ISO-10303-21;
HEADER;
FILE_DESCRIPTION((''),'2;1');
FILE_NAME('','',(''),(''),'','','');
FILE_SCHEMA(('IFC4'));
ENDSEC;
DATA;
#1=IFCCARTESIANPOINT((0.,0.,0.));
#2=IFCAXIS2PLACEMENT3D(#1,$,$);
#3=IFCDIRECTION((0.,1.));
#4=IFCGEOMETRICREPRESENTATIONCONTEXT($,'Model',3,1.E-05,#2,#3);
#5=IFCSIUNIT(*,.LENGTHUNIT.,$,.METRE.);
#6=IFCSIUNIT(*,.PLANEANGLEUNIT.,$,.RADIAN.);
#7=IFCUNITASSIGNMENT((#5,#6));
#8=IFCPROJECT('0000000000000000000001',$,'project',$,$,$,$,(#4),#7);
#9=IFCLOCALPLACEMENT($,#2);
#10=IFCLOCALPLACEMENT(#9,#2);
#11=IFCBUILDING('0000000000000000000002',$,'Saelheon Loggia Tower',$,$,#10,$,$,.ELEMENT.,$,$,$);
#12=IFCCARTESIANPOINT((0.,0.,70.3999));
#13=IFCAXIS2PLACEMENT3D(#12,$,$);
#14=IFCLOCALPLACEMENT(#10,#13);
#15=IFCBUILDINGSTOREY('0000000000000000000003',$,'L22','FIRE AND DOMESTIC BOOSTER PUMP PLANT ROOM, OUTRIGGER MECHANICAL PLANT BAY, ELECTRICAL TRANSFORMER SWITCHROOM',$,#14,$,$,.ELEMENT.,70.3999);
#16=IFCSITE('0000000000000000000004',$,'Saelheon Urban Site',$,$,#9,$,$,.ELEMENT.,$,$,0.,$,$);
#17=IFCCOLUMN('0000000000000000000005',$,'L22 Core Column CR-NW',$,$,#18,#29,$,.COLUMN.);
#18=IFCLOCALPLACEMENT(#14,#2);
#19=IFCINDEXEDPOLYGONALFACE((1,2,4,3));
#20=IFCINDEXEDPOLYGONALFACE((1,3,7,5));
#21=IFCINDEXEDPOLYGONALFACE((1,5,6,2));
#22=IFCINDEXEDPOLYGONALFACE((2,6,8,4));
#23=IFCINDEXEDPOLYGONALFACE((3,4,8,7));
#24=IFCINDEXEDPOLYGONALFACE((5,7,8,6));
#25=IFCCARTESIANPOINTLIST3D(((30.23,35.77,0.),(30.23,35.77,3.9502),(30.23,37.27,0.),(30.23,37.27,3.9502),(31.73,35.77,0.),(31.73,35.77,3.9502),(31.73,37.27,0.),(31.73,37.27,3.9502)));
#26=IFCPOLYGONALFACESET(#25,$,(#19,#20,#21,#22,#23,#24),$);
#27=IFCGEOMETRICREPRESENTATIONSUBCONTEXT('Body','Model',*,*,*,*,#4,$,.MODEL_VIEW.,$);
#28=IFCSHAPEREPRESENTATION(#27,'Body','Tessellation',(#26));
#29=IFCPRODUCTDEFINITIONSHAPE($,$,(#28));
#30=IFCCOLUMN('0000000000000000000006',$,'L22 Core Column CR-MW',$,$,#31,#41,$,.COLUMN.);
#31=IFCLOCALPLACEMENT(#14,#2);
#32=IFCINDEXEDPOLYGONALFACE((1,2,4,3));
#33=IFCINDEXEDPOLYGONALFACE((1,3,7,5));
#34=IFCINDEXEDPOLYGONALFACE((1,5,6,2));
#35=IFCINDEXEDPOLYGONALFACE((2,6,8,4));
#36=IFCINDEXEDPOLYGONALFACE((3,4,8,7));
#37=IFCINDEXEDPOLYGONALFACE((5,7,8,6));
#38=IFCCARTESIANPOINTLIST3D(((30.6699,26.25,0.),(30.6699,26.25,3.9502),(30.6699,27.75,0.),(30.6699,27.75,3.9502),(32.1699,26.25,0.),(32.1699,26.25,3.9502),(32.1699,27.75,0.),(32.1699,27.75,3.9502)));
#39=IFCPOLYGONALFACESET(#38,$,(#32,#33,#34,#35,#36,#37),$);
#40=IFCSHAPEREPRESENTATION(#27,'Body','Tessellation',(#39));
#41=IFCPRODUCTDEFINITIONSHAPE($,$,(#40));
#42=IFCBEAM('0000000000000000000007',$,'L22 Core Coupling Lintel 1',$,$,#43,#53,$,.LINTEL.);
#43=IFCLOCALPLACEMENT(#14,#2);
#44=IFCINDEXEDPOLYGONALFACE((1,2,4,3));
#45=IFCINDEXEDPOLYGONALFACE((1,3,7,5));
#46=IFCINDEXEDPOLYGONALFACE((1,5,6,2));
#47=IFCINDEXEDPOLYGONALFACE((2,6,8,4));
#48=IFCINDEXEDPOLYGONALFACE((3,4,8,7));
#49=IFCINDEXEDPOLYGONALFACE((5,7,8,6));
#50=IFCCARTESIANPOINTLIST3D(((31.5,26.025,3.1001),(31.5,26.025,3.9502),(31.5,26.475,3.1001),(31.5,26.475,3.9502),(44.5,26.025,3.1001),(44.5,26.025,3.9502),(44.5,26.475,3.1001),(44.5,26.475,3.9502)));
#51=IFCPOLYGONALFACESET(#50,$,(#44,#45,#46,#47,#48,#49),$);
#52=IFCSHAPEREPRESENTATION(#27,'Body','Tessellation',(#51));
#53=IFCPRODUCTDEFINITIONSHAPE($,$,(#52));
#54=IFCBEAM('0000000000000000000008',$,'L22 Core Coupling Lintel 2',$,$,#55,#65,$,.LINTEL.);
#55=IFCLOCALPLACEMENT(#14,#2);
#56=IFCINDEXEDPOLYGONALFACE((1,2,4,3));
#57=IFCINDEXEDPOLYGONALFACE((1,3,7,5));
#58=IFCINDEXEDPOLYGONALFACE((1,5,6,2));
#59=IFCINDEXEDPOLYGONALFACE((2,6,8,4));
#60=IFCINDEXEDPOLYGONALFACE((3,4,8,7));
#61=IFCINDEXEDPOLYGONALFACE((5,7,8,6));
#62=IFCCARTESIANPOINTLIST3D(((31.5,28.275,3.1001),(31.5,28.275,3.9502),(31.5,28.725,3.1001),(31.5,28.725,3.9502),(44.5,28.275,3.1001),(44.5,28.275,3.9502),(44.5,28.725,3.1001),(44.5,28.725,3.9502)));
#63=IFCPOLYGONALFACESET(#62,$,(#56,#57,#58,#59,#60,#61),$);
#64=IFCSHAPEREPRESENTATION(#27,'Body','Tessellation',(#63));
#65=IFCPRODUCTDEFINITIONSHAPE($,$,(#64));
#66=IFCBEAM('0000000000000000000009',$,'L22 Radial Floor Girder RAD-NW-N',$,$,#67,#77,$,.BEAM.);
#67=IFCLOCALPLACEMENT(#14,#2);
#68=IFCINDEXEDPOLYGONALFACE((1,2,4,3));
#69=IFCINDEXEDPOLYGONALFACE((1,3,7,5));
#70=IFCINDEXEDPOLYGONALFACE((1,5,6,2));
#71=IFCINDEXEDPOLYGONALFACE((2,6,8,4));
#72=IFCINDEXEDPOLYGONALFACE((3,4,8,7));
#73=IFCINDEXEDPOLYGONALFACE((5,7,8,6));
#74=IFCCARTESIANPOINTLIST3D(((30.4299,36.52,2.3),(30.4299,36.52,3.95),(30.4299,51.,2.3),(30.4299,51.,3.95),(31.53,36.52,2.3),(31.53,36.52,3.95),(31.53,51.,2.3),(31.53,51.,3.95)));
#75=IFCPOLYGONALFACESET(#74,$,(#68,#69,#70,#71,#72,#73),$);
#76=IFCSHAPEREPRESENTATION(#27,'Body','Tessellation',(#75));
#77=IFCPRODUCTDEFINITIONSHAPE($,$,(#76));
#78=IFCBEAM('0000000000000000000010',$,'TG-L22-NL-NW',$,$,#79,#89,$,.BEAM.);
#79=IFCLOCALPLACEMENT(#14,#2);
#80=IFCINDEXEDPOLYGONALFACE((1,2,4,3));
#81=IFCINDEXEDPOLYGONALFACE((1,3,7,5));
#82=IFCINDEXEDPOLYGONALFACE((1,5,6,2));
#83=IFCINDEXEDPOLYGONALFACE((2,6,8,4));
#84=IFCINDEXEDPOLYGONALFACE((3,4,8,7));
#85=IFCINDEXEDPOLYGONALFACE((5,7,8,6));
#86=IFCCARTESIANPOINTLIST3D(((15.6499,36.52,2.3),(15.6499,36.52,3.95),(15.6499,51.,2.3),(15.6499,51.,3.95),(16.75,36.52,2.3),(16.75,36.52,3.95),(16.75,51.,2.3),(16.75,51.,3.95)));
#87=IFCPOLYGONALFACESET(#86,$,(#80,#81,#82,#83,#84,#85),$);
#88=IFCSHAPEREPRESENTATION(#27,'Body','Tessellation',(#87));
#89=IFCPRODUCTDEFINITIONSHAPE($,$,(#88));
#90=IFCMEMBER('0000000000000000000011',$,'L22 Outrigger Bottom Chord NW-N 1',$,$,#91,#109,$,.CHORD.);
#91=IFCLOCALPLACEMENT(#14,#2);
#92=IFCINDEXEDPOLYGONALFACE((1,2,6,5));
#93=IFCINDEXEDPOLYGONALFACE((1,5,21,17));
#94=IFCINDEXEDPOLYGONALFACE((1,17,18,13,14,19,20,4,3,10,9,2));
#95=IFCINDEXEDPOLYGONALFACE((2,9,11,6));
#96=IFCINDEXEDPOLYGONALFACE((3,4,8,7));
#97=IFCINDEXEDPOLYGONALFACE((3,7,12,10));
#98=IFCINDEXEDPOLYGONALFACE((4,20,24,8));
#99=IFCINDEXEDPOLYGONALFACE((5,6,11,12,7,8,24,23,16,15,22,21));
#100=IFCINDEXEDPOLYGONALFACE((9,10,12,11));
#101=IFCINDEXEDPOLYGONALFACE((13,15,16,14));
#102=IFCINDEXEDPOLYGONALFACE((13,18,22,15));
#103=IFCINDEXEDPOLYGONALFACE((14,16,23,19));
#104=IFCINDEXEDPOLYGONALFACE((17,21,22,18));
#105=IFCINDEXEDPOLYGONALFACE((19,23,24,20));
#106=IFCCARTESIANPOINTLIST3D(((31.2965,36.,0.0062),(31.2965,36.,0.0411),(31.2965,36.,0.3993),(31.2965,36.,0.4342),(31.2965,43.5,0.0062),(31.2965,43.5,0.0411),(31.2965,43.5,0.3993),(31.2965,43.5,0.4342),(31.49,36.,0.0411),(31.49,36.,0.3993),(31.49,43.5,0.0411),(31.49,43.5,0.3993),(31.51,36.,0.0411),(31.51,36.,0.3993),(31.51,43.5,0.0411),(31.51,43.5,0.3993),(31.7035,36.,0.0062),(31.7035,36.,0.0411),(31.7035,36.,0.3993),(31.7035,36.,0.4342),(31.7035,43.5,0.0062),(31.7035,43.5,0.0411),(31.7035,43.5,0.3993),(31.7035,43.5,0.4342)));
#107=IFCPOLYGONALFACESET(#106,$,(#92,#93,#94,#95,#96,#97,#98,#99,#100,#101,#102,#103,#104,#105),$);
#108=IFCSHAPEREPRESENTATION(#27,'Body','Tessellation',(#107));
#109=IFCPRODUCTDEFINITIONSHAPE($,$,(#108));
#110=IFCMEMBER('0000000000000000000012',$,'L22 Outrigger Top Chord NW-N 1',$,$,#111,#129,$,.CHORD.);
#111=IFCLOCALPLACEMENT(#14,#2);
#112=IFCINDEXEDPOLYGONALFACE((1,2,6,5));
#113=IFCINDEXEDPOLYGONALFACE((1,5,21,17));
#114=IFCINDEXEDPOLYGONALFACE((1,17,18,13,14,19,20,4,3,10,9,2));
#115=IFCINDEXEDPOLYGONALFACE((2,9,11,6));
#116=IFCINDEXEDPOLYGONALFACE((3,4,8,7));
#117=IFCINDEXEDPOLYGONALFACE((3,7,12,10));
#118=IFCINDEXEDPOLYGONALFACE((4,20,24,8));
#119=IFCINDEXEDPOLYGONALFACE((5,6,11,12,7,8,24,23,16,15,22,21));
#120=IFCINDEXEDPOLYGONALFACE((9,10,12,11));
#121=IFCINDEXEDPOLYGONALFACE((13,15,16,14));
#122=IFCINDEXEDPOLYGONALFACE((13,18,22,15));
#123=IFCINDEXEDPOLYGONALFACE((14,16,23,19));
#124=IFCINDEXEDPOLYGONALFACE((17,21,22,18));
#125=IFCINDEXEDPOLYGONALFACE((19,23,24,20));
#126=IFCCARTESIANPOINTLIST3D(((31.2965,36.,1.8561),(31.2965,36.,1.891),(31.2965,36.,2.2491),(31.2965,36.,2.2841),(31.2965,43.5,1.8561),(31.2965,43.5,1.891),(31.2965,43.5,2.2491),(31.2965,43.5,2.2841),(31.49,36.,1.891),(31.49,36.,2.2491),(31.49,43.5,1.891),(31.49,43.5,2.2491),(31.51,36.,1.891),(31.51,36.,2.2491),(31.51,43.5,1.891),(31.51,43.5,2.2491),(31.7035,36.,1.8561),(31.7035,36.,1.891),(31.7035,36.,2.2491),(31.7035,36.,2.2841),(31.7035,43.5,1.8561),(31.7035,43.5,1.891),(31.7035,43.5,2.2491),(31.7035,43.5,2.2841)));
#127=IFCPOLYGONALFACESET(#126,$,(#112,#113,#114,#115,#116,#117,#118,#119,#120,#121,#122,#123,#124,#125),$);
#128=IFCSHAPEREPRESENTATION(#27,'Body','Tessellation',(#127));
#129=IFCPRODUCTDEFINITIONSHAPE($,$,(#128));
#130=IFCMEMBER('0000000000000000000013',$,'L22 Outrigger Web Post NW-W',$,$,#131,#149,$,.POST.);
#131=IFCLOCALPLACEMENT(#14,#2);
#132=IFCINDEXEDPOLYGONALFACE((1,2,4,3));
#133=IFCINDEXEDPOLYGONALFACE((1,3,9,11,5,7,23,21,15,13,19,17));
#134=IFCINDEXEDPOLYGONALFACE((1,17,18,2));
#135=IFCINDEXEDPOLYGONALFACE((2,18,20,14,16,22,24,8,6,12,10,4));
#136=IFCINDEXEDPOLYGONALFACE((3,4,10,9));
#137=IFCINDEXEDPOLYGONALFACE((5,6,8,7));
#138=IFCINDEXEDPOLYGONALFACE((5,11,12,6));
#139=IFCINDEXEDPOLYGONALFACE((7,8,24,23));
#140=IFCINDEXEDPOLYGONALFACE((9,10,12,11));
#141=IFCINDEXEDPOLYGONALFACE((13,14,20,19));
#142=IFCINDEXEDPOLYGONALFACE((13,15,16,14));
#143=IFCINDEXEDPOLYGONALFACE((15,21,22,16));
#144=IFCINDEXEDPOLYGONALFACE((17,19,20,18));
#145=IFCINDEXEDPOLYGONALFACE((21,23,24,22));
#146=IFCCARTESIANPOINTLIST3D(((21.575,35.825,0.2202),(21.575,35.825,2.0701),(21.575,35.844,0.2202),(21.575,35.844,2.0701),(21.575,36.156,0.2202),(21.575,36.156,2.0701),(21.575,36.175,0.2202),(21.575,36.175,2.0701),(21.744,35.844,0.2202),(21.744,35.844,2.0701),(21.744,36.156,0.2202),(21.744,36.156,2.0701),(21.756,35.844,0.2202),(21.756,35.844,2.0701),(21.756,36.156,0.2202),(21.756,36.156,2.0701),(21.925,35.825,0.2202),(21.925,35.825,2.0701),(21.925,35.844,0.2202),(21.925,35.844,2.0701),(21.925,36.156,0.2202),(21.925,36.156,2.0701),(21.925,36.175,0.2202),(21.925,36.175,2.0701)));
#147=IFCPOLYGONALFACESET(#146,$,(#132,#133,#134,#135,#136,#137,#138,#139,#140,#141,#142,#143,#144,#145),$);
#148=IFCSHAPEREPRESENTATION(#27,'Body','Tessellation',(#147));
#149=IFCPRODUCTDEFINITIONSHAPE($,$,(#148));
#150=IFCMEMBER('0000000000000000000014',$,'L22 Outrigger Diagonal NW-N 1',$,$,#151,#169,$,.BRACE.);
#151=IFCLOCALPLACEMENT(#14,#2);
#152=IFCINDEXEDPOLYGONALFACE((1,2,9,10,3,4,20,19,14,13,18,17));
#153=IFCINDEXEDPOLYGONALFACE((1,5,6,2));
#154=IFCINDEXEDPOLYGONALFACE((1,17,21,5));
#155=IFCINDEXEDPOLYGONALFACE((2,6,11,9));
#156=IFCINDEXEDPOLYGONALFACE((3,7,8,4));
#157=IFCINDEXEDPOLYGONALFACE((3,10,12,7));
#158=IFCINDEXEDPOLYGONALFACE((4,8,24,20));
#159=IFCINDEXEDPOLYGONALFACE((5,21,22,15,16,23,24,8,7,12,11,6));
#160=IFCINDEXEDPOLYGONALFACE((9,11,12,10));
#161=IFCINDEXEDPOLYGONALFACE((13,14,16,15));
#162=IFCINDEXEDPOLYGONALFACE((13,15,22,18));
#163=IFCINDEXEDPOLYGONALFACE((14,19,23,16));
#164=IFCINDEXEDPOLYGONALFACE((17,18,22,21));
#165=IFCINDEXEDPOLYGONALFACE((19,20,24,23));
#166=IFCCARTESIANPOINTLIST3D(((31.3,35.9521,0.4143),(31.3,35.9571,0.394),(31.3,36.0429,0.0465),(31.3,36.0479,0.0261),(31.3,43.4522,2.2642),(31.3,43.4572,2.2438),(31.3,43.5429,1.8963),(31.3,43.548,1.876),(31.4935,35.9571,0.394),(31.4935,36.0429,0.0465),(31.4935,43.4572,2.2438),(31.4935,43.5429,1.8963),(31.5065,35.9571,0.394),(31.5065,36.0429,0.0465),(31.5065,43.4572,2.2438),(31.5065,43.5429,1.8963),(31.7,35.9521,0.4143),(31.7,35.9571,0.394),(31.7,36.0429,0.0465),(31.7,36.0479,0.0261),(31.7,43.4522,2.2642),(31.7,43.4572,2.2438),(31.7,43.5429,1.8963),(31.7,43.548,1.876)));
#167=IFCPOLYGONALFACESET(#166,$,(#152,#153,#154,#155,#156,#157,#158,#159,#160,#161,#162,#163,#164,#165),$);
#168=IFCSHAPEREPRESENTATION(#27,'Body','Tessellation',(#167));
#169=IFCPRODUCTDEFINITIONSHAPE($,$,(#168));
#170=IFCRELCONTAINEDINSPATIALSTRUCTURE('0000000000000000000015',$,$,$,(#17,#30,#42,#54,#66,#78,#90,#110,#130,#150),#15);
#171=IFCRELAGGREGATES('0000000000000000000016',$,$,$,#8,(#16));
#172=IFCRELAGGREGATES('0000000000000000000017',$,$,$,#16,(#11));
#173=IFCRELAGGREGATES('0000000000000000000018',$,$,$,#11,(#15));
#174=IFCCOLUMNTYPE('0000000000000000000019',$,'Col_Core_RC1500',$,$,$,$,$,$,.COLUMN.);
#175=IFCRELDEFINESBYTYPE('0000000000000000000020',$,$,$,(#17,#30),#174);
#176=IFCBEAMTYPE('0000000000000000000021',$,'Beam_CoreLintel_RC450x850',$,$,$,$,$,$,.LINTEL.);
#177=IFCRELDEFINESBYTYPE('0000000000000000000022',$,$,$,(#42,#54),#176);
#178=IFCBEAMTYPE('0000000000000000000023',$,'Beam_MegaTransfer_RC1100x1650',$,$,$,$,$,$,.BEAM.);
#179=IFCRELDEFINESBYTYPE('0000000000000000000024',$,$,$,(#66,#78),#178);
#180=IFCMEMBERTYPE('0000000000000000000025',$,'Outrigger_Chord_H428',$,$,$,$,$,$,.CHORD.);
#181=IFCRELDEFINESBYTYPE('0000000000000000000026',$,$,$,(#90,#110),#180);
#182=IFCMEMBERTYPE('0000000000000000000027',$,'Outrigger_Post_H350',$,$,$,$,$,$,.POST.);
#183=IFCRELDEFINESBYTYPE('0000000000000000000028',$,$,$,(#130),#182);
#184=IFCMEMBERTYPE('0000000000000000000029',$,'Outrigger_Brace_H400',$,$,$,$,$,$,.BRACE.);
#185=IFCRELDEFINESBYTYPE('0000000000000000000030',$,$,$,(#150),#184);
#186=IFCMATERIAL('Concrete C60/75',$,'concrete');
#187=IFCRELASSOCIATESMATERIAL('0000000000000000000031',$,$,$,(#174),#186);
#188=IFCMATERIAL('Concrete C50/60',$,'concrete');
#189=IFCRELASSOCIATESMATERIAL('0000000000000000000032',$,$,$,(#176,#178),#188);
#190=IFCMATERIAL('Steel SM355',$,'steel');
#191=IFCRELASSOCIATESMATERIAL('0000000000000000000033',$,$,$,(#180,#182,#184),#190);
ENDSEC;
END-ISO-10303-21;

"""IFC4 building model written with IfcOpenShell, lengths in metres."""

from ifc_helpers import new_model, si_unit, direction, frame, origin, origin_2d, place, context, subcontext, project, spatial, rectangle, i_section, extrude, source, transform, mapped, material, material_profile, profile_set, type_object, element, save


model = new_model("IFC4")

# Units and contexts
model_context = context("Model", 3, precision=1e-05, world=origin(), true_north=direction((0.0, 1.0)))
body_context = subcontext(model_context, "Body", "Model", "MODEL_VIEW")
ifc_project = project(units=[si_unit("LENGTHUNIT", "METRE"), si_unit("PLANEANGLEUNIT", "RADIAN")], contexts=[model_context])

# Site, building, storey
site_placement = place(None, origin())
site = spatial("IfcSite", under=ifc_project, at=site_placement, Name="Saelheon Urban Site", CompositionType="ELEMENT", RefElevation=0.0)
building_placement = place(site_placement, origin())
building = spatial("IfcBuilding", under=site, at=building_placement, Name="Saelheon Loggia Tower", CompositionType="ELEMENT")
storey_placement = place(building_placement, frame((0.0, 0.0, 70.3999)))
storey = spatial("IfcBuildingStorey", under=building, at=storey_placement, Name="L22", Description="FIRE AND DOMESTIC BOOSTER PUMP PLANT ROOM, OUTRIGGER MECHANICAL PLANT BAY, ELECTRICAL TRANSFORMER SWITCHROOM", CompositionType="ELEMENT", Elevation=70.3999)

# Columns
ifc_material_1 = material(Name="Concrete C60/75", Category="concrete")
ifc_material_profile_1 = material_profile(ifc_material_1, rectangle(XDim=1.5, YDim=1.5, at=origin_2d()), Name="RC-1500x1500")
ifc_profile_set_1 = profile_set([ifc_material_profile_1], Name="Concrete C60/75")
column_type = type_object("IfcColumnType", Name="Col_Core_RC1500", PredefinedType="COLUMN", material=ifc_profile_set_1)
shared_shape_1 = source(origin(), body_context, "Body", "SweptSolid", [
    extrude(rectangle(XDim=1.5, YDim=1.5, at=origin_2d()), origin(), (0.0, 0.0, 1.0), 3.9502),
])
for number, where, z_axis, x_axis, name in (
    (1, (30.98, 36.52, 0.0), (0.0, 0.0, 1.0), (1.0, 0.0, 0.0), "L22 Core Column CR-NW"),
    (2, (31.4199, 27.0, 0.0), (0.0, 0.0, 1.0), (1.0, 0.0, 0.0), "L22 Core Column CR-MW"),
):
    element("IfcColumn", number, at=place(storey_placement, frame(where, z_axis=z_axis, x_axis=x_axis)), inside=storey, type_object=column_type, Name=name, PredefinedType="COLUMN", context=body_context, shape_type="MappedRepresentation", body=[
        mapped(shared_shape_1, transform((0.0, 0.0, 0.0), scale=1.0)),
    ])

# Beams
ifc_material_2 = material(Name="Concrete C50/60", Category="concrete")
ifc_material_profile_2 = material_profile(ifc_material_2, rectangle(XDim=0.45, YDim=0.8501, at=origin_2d()), Name="RC-450x850")
ifc_profile_set_2 = profile_set([ifc_material_profile_2], Name="Concrete C50/60")
beam_type_1 = type_object("IfcBeamType", Name="Beam_CoreLintel_RC450x850", PredefinedType="LINTEL", material=ifc_profile_set_2)
shared_shape_2 = source(origin(), body_context, "Body", "SweptSolid", [
    extrude(rectangle(XDim=0.45, YDim=0.8501, at=origin_2d()), origin(), (0.0, 0.0, 1.0), 13.0),
])
for number, where, z_axis, x_axis, name in (
    (3, (31.5, 26.25, 3.5251), (1.0, 0.0, 0.0), (0.0, 1.0, 0.0), "L22 Core Coupling Lintel 1"),
    (4, (31.5, 28.5, 3.5251), (1.0, 0.0, 0.0), (0.0, 1.0, 0.0), "L22 Core Coupling Lintel 2"),
):
    element("IfcBeam", number, at=place(storey_placement, frame(where, z_axis=z_axis, x_axis=x_axis)), inside=storey, type_object=beam_type_1, Name=name, PredefinedType="LINTEL", context=body_context, shape_type="MappedRepresentation", body=[
        mapped(shared_shape_2, transform((0.0, 0.0, 0.0), scale=1.0)),
    ])
ifc_material_profile_3 = material_profile(ifc_material_2, rectangle(XDim=1.1001, YDim=1.6499, at=origin_2d()), Name="RC-1100x1650")
ifc_profile_set_3 = profile_set([ifc_material_profile_3], Name="Concrete C50/60")
beam_type_2 = type_object("IfcBeamType", Name="Beam_MegaTransfer_RC1100x1650", PredefinedType="BEAM", material=ifc_profile_set_3)
shared_shape_3 = source(origin(), body_context, "Body", "SweptSolid", [
    extrude(rectangle(XDim=1.1001, YDim=1.6499, at=origin_2d()), origin(), (0.0, 0.0, 1.0), 14.48),
])
for number, where, z_axis, x_axis, name in (
    (5, (30.98, 36.52, 3.125), (0.0, 1.0, 0.0), (-1.0, 0.0, 0.0), "L22 Radial Floor Girder RAD-NW-N"),
    (6, (16.2, 36.52, 3.125), (0.0, 1.0, 0.0), (-1.0, 0.0, 0.0), "TG-L22-NL-NW"),
):
    element("IfcBeam", number, at=place(storey_placement, frame(where, z_axis=z_axis, x_axis=x_axis)), inside=storey, type_object=beam_type_2, Name=name, PredefinedType="BEAM", context=body_context, shape_type="MappedRepresentation", body=[
        mapped(shared_shape_3, transform((0.0, 0.0, 0.0), scale=1.0)),
    ])

# Members
ifc_material_3 = material(Name="Steel SM355", Category="steel")
ifc_material_profile_4 = material_profile(ifc_material_3, i_section(OverallWidth=0.407, OverallDepth=0.428, WebThickness=0.02, FlangeThickness=0.0349, at=origin_2d()), Name="H-428x407x20x35")
ifc_profile_set_4 = profile_set([ifc_material_profile_4], Name="Steel SM355")
member_type_1 = type_object("IfcMemberType", Name="Outrigger_Chord_H428", PredefinedType="CHORD", material=ifc_profile_set_4)
shared_shape_4 = source(origin(), body_context, "Body", "SweptSolid", [
    extrude(i_section(OverallWidth=0.407, OverallDepth=0.428, WebThickness=0.02, FlangeThickness=0.0349, at=origin_2d()), origin(), (0.0, 0.0, 1.0), 7.5),
])
for number, where, z_axis, x_axis, name in (
    (7, (31.5, 36.0, 0.2202), (0.0, 1.0, 0.0), (-1.0, 0.0, 0.0), "L22 Outrigger Bottom Chord NW-N 1"),
    (8, (31.5, 36.0, 2.0701), (0.0, 1.0, 0.0), (-1.0, 0.0, 0.0), "L22 Outrigger Top Chord NW-N 1"),
):
    element("IfcMember", number, at=place(storey_placement, frame(where, z_axis=z_axis, x_axis=x_axis)), inside=storey, type_object=member_type_1, Name=name, PredefinedType="CHORD", context=body_context, shape_type="MappedRepresentation", body=[
        mapped(shared_shape_4, transform((0.0, 0.0, 0.0), scale=1.0)),
    ])
ifc_material_profile_5 = material_profile(ifc_material_3, i_section(OverallWidth=0.3501, OverallDepth=0.3501, WebThickness=0.012, FlangeThickness=0.019, at=origin_2d()), Name="H-350x350x12x19")
ifc_profile_set_5 = profile_set([ifc_material_profile_5], Name="Steel SM355")
member_type_2 = type_object("IfcMemberType", Name="Outrigger_Post_H350", PredefinedType="POST", material=ifc_profile_set_5)
shared_shape_5 = source(origin(), body_context, "Body", "SweptSolid", [
    extrude(i_section(OverallWidth=0.3501, OverallDepth=0.3501, WebThickness=0.012, FlangeThickness=0.019, at=origin_2d()), origin(), (0.0, 0.0, 1.0), 1.8499),
])
member_1_placement = place(storey_placement, frame((21.75, 36.0, 0.2202), z_axis=(0.0, 0.0, 1.0), x_axis=(1.0, 0.0, 0.0)))
element("IfcMember", 9, at=member_1_placement, inside=storey, type_object=member_type_2, Name="L22 Outrigger Web Post NW-W", PredefinedType="POST", context=body_context, shape_type="MappedRepresentation", body=[
    mapped(shared_shape_5, transform((0.0, 0.0, 0.0), scale=1.0)),
])
ifc_material_profile_6 = material_profile(ifc_material_3, i_section(OverallWidth=0.3999, OverallDepth=0.3999, WebThickness=0.0129, FlangeThickness=0.021, at=origin_2d()), Name="H-400x400x13x21")
ifc_profile_set_6 = profile_set([ifc_material_profile_6], Name="Steel SM355")
member_type_3 = type_object("IfcMemberType", Name="Outrigger_Brace_H400", PredefinedType="BRACE", material=ifc_profile_set_6)
shared_shape_6 = source(origin(), body_context, "Body", "SweptSolid", [
    extrude(i_section(OverallWidth=0.3999, OverallDepth=0.3999, WebThickness=0.0129, FlangeThickness=0.021, at=origin_2d()), origin(), (0.0, 0.0, 1.0), 7.7249),
])
member_2_placement = place(storey_placement, frame((31.5, 36.0, 0.2202), z_axis=(0.0, 0.970904, 0.239471), x_axis=(-1.0, 0.0, 0.0)))
element("IfcMember", 10, at=member_2_placement, inside=storey, type_object=member_type_3, Name="L22 Outrigger Diagonal NW-N 1", PredefinedType="BRACE", context=body_context, shape_type="MappedRepresentation", body=[
    mapped(shared_shape_6, transform((0.0, 0.0, 0.0), scale=1.0)),
])

save(model, "model.ifc")
